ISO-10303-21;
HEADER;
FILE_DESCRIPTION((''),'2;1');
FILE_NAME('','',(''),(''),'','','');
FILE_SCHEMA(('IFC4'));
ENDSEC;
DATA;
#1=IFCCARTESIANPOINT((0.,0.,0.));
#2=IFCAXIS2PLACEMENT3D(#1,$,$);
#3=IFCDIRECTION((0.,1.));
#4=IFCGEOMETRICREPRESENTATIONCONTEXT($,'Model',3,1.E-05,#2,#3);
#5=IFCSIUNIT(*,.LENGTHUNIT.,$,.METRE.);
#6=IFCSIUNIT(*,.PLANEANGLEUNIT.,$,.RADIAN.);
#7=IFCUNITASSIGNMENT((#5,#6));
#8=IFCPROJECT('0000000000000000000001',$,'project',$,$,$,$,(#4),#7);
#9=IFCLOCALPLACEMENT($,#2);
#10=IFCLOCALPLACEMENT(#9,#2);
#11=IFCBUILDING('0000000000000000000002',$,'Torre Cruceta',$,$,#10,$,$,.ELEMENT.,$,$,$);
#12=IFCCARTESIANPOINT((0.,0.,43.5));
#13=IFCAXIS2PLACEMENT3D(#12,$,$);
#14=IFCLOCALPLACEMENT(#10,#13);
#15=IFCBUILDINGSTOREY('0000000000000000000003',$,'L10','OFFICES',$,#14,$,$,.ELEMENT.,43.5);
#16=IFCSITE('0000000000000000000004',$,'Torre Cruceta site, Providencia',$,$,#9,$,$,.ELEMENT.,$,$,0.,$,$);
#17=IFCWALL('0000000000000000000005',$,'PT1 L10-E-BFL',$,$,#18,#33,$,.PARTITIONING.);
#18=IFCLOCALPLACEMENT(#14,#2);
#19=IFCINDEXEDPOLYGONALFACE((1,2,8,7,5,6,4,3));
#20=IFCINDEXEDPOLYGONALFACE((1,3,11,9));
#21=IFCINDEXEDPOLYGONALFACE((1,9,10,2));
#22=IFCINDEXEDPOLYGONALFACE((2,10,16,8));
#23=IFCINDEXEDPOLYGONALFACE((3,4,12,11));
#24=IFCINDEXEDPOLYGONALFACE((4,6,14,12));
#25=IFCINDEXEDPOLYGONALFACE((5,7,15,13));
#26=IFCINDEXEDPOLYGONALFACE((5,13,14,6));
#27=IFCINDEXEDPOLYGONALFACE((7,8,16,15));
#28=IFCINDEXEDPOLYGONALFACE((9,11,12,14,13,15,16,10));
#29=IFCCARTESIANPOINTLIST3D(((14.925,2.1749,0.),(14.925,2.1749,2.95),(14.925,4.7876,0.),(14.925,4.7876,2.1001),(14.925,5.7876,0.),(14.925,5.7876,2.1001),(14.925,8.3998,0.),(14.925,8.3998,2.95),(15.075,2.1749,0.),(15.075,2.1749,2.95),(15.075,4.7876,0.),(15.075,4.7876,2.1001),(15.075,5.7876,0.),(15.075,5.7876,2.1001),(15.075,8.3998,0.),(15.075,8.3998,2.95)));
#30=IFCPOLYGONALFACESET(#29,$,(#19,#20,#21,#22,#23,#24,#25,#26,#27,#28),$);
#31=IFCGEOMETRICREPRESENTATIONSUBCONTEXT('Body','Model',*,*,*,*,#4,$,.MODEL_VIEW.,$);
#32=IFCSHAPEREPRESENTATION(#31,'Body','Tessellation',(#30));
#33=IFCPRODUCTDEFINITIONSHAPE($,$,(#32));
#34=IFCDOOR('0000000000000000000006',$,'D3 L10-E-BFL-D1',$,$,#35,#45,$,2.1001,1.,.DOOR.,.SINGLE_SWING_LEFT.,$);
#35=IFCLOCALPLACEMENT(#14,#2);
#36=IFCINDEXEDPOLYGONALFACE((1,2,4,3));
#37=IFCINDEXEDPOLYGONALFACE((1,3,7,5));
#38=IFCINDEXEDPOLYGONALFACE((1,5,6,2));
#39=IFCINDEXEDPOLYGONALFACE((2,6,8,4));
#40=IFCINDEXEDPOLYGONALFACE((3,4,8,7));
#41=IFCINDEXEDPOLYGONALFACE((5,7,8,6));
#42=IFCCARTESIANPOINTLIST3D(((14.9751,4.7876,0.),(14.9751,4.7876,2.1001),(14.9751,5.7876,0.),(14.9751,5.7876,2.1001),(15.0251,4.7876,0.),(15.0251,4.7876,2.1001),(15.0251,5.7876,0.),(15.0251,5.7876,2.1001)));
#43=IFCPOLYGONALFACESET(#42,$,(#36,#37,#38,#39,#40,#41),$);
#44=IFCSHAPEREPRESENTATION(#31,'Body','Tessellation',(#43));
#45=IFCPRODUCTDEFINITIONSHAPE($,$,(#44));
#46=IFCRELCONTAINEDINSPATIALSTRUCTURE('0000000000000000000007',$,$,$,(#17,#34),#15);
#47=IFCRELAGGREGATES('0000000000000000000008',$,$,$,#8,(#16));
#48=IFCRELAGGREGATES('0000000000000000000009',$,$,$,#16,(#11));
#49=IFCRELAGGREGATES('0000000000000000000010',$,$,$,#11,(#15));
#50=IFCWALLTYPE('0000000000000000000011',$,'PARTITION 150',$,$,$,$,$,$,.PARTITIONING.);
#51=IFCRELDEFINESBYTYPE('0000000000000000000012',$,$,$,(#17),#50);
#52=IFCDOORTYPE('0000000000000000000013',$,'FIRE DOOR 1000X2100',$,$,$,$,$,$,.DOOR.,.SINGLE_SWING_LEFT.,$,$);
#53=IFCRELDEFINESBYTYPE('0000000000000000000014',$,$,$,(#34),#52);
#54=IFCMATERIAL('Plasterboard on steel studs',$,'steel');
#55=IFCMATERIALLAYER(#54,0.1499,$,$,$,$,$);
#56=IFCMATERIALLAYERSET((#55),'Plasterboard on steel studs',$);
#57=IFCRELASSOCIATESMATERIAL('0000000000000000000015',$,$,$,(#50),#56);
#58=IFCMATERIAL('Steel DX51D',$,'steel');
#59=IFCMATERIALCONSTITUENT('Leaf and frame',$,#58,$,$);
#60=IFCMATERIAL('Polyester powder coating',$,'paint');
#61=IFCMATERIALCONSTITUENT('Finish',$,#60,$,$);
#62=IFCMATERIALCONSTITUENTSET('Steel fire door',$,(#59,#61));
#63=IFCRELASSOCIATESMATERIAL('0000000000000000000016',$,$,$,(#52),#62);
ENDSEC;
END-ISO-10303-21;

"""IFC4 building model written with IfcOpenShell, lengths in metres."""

from ifc_helpers import new_model, si_unit, direction, frame, frame_2d, origin, place, context, subcontext, project, spatial, rectangle, extrude, material, layer, layer_set, constituent, constituent_set, type_object, element, fill, save


model = new_model("IFC4")

# Units and contexts
model_context = context("Model", 3, precision=1e-05, world=origin(), true_north=direction((0.0, 1.0)))
body_context = subcontext(model_context, "Body", "Model", "MODEL_VIEW")
ifc_project = project(units=[si_unit("LENGTHUNIT", "METRE"), si_unit("PLANEANGLEUNIT", "RADIAN")], contexts=[model_context])

# Site, building, storey
site_placement = place(None, origin())
site = spatial("IfcSite", under=ifc_project, at=site_placement, Name="Torre Cruceta site, Providencia", CompositionType="ELEMENT", RefElevation=0.0)
building_placement = place(site_placement, origin())
building = spatial("IfcBuilding", under=site, at=building_placement, Name="Torre Cruceta", CompositionType="ELEMENT")
storey_placement = place(building_placement, frame((0.0, 0.0, 43.5)))
storey = spatial("IfcBuildingStorey", under=building, at=storey_placement, Name="L10", Description="OFFICES", CompositionType="ELEMENT", Elevation=43.5)

# Wall, opening, door
ifc_material_1 = material(Name="Plasterboard on steel studs", Category="steel")
ifc_layer_1 = layer(ifc_material_1, 0.1499)
ifc_layer_set_1 = layer_set([ifc_layer_1], Name="Plasterboard on steel studs")
wall_type_1 = type_object("IfcWallType", Name="PARTITION 150", PredefinedType="PARTITIONING", material=ifc_layer_set_1)
wall_1_placement = place(storey_placement, frame((15.0, 2.175, 0.0), z_axis=(0.0, 0.0, 1.0), x_axis=(0.0, 1.0, 0.0)))
wall_1 = element("IfcWall", 1, at=wall_1_placement, inside=storey, type_object=wall_type_1, Name="PT1 L10-E-BFL", PredefinedType="PARTITIONING", context=body_context, shape_type="SweptSolid", body=[
    extrude(rectangle(XDim=6.2249, YDim=0.1499, at=frame_2d((3.1123, 0.0))), origin(), (0.0, 0.0, 1.0), 2.95),
])
opening_1_placement = place(wall_1_placement, frame((2.6125, 0.0, 0.0)))
opening_1 = element("IfcOpeningElement", 2, at=opening_1_placement, cuts=wall_1, PredefinedType="OPENING", context=body_context, shape_type="SweptSolid", body=[
    extrude(rectangle(XDim=1.0, YDim=2.1001, at=frame_2d((0.5, 1.05))), frame((0.0, 0.085, 0.0), z_axis=(0.0, -1.0, 0.0), x_axis=(1.0, 0.0, 0.0)), (0.0, 0.0, 1.0), 0.1699),
])
ifc_material_2 = material(Name="Steel DX51D", Category="steel")
ifc_constituent_1 = constituent(ifc_material_2, Name="Leaf and frame")
ifc_material_3 = material(Name="Polyester powder coating", Category="paint")
ifc_constituent_2 = constituent(ifc_material_3, Name="Finish")
ifc_constituent_set_1 = constituent_set(constituents=[ifc_constituent_1, ifc_constituent_2], Name="Steel fire door")
door_type = type_object("IfcDoorType", Name="FIRE DOOR 1000X2100", OperationType="SINGLE_SWING_LEFT", PredefinedType="DOOR", material=ifc_constituent_set_1)
door_placement = place(opening_1_placement, origin())
door = element("IfcDoor", 3, at=door_placement, inside=storey, type_object=door_type, Name="D3 L10-E-BFL-D1", OperationType="SINGLE_SWING_LEFT", OverallHeight=2.1001, OverallWidth=1.0, PredefinedType="DOOR", context=body_context, shape_type="SweptSolid", body=[
    extrude(rectangle(XDim=1.0, YDim=2.1001, at=frame_2d((0.5, 1.05))), frame((0.0, 0.0249, 0.0), z_axis=(0.0, -1.0, 0.0), x_axis=(1.0, 0.0, 0.0)), (0.0, 0.0, 1.0), 0.05),
])
fill(opening_1, door)

save(model, "model.ifc")
